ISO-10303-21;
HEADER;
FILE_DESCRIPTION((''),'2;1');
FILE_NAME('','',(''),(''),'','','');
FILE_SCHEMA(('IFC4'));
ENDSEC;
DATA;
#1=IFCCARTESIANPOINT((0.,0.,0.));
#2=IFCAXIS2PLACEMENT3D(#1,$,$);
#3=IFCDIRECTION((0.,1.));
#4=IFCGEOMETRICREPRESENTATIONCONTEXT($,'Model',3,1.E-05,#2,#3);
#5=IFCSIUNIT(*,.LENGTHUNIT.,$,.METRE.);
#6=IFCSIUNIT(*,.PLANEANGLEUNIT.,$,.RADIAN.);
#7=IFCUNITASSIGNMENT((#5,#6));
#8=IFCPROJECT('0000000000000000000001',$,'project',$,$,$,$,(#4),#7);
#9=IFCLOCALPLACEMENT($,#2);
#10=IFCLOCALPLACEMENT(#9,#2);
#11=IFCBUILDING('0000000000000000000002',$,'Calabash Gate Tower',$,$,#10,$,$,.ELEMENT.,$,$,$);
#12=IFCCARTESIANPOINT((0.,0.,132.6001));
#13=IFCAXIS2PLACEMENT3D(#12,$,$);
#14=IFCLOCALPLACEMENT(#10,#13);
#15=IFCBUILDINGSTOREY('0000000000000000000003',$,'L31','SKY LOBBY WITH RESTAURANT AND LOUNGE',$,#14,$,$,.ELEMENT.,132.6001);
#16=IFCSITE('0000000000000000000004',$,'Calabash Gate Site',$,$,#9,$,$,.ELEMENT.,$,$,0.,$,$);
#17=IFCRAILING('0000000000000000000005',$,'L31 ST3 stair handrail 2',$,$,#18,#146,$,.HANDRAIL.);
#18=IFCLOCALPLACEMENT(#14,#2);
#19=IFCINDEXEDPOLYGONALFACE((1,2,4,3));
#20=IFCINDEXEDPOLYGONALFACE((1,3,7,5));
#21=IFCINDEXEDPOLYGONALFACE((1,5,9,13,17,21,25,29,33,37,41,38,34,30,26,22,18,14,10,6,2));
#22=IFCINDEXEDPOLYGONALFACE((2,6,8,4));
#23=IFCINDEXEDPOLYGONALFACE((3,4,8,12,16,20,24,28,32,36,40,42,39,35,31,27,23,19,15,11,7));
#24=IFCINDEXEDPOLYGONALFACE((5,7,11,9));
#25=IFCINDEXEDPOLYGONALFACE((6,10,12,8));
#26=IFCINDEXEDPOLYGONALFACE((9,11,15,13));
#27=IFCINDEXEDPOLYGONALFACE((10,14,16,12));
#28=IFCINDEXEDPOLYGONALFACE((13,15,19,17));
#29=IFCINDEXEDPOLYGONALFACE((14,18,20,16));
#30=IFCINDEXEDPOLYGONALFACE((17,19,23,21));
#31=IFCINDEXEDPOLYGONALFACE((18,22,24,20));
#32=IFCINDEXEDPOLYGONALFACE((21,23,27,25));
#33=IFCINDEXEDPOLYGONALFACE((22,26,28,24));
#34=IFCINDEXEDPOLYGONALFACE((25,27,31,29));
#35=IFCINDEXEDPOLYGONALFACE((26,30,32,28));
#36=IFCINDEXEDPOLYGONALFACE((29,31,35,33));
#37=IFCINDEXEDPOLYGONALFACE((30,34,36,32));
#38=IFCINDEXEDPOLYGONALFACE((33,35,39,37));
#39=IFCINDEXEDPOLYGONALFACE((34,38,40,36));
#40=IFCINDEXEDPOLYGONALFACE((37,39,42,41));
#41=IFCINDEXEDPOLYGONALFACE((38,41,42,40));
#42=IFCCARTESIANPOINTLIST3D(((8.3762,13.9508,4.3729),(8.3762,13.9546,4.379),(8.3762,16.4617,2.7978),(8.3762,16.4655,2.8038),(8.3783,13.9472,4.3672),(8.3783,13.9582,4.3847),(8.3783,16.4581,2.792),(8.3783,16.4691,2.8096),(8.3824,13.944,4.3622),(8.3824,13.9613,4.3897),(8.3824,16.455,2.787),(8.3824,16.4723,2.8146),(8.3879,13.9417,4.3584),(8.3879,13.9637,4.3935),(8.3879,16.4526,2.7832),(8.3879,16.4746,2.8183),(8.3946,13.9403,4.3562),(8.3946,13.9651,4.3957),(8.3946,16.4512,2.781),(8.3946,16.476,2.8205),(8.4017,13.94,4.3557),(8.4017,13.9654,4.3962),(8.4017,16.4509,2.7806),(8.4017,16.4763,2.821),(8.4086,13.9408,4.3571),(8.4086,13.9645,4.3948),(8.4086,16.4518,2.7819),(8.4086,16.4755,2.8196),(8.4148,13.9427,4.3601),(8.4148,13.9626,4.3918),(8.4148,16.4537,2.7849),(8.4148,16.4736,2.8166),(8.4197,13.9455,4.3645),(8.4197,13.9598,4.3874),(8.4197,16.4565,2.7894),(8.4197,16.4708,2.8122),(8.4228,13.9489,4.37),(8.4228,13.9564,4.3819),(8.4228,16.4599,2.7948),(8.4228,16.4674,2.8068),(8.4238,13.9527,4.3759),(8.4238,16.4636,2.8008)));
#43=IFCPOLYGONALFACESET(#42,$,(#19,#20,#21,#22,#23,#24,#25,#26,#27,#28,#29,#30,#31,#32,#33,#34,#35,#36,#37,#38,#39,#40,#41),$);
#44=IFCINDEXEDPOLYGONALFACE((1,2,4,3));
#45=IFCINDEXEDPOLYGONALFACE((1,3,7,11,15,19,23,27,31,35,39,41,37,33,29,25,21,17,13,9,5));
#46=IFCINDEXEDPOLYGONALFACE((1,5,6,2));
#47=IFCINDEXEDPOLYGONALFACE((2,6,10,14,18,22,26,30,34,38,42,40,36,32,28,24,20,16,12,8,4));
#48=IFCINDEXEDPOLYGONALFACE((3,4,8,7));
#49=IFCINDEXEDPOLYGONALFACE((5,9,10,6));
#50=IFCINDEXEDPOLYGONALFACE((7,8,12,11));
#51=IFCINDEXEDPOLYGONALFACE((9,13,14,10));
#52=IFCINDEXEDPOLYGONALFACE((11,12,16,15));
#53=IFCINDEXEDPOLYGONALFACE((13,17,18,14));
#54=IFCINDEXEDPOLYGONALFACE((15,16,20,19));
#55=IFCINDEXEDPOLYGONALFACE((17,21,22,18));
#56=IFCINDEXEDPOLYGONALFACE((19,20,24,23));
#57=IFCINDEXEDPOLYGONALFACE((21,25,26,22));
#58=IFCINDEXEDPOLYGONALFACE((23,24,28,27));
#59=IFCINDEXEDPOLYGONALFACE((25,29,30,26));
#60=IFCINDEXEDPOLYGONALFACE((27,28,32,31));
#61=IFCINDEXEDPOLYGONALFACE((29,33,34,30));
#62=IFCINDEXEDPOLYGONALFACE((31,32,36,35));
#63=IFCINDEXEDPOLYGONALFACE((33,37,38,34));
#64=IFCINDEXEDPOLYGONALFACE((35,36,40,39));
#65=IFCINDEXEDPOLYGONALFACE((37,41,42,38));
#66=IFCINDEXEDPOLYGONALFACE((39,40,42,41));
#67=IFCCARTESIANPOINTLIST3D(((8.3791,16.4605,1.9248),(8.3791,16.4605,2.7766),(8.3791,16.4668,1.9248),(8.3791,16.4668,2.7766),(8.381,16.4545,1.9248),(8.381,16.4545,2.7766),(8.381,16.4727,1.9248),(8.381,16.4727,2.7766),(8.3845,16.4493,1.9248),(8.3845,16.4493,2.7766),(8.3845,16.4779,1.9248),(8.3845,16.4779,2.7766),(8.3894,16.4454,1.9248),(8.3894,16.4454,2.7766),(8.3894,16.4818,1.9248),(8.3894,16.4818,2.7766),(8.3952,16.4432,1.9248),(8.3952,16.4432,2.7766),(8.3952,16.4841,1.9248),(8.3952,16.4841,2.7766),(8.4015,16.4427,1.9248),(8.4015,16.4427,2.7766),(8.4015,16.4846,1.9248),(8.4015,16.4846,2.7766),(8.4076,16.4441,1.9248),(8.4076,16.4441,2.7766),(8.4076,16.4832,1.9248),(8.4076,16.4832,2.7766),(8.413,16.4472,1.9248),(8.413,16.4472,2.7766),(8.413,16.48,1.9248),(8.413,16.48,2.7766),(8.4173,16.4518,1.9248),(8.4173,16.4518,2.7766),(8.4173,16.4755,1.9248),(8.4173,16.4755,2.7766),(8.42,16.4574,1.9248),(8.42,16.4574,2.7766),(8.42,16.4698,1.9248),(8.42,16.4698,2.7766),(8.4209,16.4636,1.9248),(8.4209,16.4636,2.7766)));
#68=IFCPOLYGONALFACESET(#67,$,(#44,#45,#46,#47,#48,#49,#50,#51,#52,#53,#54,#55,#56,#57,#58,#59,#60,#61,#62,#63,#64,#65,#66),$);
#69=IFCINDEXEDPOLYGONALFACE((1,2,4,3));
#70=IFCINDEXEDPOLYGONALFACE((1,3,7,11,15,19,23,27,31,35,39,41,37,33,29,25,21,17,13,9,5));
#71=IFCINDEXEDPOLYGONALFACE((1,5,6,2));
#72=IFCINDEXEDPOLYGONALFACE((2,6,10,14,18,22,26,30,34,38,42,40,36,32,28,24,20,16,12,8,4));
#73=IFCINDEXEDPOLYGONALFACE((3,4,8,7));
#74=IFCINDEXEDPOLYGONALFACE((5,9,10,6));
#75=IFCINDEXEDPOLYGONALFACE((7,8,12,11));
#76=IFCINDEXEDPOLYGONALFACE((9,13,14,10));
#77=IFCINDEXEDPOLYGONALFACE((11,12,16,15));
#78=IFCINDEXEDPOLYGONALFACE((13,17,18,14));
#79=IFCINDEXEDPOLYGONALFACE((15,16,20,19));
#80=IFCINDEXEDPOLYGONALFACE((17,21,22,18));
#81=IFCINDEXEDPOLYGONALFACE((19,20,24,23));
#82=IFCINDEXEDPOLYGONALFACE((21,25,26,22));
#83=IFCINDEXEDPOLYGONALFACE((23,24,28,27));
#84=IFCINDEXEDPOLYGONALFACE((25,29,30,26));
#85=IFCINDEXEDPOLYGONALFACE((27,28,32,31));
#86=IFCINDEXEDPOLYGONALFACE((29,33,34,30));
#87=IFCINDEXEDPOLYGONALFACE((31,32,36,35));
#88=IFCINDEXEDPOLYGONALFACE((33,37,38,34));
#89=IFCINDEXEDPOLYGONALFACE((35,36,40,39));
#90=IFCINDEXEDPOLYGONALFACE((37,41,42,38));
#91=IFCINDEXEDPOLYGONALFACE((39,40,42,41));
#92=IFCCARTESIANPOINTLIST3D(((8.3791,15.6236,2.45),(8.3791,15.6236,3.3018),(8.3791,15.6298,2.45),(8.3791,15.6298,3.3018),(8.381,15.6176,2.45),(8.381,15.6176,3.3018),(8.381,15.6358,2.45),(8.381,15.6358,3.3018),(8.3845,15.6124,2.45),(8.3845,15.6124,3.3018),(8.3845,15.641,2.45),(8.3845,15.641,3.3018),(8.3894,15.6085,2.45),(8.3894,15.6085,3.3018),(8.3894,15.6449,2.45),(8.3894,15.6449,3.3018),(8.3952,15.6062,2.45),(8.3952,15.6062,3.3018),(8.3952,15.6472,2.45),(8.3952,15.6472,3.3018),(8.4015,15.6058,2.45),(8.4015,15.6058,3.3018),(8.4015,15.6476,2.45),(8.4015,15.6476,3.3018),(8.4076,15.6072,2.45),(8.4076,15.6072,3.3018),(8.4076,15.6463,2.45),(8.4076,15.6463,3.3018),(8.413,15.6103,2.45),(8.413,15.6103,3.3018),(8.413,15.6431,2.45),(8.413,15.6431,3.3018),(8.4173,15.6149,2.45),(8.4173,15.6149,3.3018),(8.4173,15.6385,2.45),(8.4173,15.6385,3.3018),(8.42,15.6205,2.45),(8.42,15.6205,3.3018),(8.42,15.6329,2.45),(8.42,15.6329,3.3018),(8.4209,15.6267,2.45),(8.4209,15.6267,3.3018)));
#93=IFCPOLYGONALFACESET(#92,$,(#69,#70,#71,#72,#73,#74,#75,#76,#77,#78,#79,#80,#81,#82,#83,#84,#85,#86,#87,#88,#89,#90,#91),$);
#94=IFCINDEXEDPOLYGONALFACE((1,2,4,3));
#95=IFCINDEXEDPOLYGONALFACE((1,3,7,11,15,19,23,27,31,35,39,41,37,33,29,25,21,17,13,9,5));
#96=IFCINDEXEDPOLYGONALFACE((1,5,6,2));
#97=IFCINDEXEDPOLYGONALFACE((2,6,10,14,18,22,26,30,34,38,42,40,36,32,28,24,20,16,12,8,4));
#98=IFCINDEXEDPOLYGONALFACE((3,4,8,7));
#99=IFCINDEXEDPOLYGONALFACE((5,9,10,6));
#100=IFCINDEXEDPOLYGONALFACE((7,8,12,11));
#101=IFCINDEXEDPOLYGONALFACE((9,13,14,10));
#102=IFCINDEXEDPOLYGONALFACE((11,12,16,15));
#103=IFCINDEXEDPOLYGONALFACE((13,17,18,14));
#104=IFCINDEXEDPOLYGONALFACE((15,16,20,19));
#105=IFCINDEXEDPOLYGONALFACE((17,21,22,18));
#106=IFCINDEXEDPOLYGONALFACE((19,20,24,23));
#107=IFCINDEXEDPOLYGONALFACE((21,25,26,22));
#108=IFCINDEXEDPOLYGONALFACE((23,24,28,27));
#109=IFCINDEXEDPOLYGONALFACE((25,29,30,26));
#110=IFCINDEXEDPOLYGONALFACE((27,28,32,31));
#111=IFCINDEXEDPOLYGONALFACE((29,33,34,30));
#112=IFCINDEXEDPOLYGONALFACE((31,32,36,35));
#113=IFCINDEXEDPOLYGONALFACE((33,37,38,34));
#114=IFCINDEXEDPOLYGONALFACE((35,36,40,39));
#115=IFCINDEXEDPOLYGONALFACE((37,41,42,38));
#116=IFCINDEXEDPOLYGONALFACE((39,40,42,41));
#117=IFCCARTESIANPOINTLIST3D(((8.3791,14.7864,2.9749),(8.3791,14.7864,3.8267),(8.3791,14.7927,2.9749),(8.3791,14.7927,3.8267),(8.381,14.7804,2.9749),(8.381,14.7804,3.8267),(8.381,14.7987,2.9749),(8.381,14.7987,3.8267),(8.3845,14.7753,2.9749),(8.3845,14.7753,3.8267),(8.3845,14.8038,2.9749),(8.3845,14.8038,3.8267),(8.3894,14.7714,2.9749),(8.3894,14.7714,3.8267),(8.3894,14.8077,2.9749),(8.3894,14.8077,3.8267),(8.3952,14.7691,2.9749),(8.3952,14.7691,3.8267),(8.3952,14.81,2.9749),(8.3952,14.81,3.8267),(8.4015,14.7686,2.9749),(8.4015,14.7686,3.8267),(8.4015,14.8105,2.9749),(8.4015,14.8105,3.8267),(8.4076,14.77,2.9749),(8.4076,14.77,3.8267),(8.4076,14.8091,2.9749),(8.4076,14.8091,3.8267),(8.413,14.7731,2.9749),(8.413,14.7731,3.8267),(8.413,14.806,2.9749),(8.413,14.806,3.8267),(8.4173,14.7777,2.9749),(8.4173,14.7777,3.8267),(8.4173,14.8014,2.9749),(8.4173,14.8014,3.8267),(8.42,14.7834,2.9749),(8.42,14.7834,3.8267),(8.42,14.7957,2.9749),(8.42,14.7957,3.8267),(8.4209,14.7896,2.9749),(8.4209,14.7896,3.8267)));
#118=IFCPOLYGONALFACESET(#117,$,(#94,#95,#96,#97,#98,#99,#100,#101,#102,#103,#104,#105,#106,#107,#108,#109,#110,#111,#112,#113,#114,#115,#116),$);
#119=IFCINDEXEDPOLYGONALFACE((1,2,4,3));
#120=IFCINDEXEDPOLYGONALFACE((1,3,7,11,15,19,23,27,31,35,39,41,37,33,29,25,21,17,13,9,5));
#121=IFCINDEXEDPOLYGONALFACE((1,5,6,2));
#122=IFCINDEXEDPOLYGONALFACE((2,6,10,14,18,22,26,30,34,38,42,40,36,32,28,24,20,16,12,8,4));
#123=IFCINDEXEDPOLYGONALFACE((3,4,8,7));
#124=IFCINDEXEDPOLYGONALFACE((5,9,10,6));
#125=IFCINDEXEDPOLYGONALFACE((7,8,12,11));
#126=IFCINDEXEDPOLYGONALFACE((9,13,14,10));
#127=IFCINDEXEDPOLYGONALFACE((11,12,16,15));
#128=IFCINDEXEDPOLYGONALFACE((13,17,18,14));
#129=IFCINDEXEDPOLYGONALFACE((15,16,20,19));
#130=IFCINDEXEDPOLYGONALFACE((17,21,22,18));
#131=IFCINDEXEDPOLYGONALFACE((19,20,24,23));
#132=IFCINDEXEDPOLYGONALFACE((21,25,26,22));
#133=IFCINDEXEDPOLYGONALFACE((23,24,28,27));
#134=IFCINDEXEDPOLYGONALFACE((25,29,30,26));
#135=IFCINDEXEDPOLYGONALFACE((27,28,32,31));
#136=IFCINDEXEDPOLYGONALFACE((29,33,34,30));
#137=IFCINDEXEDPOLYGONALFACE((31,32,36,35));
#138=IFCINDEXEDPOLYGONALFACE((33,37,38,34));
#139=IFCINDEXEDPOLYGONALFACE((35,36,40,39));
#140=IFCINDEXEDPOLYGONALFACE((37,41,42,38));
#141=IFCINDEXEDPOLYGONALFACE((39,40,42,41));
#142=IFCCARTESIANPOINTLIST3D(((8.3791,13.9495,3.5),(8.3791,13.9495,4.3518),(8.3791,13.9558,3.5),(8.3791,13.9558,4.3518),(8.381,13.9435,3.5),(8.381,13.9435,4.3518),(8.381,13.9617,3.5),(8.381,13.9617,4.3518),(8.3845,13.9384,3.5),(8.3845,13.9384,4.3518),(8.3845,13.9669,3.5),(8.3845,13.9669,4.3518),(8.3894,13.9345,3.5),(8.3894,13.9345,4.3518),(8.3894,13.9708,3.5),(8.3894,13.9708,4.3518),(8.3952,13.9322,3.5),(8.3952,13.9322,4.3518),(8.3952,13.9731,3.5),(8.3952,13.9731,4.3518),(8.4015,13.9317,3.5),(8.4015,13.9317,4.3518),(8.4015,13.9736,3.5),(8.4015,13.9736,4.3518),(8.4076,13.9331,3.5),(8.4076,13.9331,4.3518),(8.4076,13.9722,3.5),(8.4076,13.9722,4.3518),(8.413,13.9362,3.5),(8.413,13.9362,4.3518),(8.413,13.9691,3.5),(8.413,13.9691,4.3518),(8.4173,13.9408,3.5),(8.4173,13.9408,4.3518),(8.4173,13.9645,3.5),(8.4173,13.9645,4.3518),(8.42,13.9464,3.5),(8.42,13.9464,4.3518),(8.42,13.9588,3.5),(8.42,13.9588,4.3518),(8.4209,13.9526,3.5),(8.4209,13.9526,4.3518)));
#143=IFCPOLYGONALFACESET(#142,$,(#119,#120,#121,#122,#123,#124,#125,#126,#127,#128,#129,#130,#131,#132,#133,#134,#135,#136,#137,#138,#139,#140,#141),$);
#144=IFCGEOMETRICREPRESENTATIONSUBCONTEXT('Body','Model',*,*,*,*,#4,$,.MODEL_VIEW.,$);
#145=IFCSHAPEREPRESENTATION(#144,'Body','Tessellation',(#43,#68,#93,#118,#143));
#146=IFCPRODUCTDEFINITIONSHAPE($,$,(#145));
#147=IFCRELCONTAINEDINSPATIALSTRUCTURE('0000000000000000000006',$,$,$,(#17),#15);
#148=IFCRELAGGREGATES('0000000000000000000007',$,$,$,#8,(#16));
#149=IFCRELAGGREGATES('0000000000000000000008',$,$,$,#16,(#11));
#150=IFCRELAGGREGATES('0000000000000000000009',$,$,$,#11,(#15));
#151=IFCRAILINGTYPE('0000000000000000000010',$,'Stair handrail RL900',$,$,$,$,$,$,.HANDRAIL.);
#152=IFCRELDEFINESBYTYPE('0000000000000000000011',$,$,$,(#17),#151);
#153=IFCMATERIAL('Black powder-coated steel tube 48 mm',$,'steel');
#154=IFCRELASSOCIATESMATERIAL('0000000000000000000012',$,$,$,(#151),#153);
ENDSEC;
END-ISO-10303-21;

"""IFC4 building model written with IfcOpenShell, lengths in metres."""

from ifc_helpers import new_model, si_unit, direction, frame, origin, origin_2d, place, context, subcontext, project, spatial, circle, extrude, material, type_object, element, save


model = new_model("IFC4")

# Units and contexts
model_context = context("Model", 3, precision=1e-05, world=origin(), true_north=direction((0.0, 1.0)))
body_context = subcontext(model_context, "Body", "Model", "MODEL_VIEW")
ifc_project = project(units=[si_unit("LENGTHUNIT", "METRE"), si_unit("PLANEANGLEUNIT", "RADIAN")], contexts=[model_context])

# Site, building, storey
site_placement = place(None, origin())
site = spatial("IfcSite", under=ifc_project, at=site_placement, Name="Calabash Gate Site", CompositionType="ELEMENT", RefElevation=0.0)
building_placement = place(site_placement, origin())
building = spatial("IfcBuilding", under=site, at=building_placement, Name="Calabash Gate Tower", CompositionType="ELEMENT")
storey_placement = place(building_placement, frame((0.0, 0.0, 132.6001)))
storey = spatial("IfcBuildingStorey", under=building, at=storey_placement, Name="L31", Description="SKY LOBBY WITH RESTAURANT AND LOUNGE", CompositionType="ELEMENT", Elevation=132.6001)

# Railing
ifc_material_1 = material(Name="Black powder-coated steel tube 48 mm", Category="steel")
railing_type_1 = type_object("IfcRailingType", Name="Stair handrail RL900", PredefinedType="HANDRAIL", material=ifc_material_1)
railing_1_placement = place(storey_placement, frame((8.3999, 16.4636, 1.9248)))
element("IfcRailing", 1, at=railing_1_placement, inside=storey, type_object=railing_type_1, Name="L31 ST3 stair handrail 2", PredefinedType="HANDRAIL", context=body_context, shape_type="SweptSolid", body=[
    extrude(circle(Radius=0.0239, at=origin_2d()), frame((0.0, 0.0, 0.876), z_axis=(0.0, -0.847113, 0.531412), x_axis=(1.0, 0.0, 0.0)), (0.0, 0.0, 1.0), 2.9641),
    extrude(circle(Radius=0.021, at=origin_2d()), origin(), (0.0, 0.0, 1.0), 0.8518),
    extrude(circle(Radius=0.021, at=origin_2d()), frame((0.0, -0.8369, 0.5251)), (0.0, 0.0, 1.0), 0.8518),
    extrude(circle(Radius=0.021, at=origin_2d()), frame((0.0, -1.6741, 1.05)), (0.0, 0.0, 1.0), 0.8518),
    extrude(circle(Radius=0.021, at=origin_2d()), frame((0.0, -2.511, 1.5752)), (0.0, 0.0, 1.0), 0.8518),
])

save(model, "model.ifc")
